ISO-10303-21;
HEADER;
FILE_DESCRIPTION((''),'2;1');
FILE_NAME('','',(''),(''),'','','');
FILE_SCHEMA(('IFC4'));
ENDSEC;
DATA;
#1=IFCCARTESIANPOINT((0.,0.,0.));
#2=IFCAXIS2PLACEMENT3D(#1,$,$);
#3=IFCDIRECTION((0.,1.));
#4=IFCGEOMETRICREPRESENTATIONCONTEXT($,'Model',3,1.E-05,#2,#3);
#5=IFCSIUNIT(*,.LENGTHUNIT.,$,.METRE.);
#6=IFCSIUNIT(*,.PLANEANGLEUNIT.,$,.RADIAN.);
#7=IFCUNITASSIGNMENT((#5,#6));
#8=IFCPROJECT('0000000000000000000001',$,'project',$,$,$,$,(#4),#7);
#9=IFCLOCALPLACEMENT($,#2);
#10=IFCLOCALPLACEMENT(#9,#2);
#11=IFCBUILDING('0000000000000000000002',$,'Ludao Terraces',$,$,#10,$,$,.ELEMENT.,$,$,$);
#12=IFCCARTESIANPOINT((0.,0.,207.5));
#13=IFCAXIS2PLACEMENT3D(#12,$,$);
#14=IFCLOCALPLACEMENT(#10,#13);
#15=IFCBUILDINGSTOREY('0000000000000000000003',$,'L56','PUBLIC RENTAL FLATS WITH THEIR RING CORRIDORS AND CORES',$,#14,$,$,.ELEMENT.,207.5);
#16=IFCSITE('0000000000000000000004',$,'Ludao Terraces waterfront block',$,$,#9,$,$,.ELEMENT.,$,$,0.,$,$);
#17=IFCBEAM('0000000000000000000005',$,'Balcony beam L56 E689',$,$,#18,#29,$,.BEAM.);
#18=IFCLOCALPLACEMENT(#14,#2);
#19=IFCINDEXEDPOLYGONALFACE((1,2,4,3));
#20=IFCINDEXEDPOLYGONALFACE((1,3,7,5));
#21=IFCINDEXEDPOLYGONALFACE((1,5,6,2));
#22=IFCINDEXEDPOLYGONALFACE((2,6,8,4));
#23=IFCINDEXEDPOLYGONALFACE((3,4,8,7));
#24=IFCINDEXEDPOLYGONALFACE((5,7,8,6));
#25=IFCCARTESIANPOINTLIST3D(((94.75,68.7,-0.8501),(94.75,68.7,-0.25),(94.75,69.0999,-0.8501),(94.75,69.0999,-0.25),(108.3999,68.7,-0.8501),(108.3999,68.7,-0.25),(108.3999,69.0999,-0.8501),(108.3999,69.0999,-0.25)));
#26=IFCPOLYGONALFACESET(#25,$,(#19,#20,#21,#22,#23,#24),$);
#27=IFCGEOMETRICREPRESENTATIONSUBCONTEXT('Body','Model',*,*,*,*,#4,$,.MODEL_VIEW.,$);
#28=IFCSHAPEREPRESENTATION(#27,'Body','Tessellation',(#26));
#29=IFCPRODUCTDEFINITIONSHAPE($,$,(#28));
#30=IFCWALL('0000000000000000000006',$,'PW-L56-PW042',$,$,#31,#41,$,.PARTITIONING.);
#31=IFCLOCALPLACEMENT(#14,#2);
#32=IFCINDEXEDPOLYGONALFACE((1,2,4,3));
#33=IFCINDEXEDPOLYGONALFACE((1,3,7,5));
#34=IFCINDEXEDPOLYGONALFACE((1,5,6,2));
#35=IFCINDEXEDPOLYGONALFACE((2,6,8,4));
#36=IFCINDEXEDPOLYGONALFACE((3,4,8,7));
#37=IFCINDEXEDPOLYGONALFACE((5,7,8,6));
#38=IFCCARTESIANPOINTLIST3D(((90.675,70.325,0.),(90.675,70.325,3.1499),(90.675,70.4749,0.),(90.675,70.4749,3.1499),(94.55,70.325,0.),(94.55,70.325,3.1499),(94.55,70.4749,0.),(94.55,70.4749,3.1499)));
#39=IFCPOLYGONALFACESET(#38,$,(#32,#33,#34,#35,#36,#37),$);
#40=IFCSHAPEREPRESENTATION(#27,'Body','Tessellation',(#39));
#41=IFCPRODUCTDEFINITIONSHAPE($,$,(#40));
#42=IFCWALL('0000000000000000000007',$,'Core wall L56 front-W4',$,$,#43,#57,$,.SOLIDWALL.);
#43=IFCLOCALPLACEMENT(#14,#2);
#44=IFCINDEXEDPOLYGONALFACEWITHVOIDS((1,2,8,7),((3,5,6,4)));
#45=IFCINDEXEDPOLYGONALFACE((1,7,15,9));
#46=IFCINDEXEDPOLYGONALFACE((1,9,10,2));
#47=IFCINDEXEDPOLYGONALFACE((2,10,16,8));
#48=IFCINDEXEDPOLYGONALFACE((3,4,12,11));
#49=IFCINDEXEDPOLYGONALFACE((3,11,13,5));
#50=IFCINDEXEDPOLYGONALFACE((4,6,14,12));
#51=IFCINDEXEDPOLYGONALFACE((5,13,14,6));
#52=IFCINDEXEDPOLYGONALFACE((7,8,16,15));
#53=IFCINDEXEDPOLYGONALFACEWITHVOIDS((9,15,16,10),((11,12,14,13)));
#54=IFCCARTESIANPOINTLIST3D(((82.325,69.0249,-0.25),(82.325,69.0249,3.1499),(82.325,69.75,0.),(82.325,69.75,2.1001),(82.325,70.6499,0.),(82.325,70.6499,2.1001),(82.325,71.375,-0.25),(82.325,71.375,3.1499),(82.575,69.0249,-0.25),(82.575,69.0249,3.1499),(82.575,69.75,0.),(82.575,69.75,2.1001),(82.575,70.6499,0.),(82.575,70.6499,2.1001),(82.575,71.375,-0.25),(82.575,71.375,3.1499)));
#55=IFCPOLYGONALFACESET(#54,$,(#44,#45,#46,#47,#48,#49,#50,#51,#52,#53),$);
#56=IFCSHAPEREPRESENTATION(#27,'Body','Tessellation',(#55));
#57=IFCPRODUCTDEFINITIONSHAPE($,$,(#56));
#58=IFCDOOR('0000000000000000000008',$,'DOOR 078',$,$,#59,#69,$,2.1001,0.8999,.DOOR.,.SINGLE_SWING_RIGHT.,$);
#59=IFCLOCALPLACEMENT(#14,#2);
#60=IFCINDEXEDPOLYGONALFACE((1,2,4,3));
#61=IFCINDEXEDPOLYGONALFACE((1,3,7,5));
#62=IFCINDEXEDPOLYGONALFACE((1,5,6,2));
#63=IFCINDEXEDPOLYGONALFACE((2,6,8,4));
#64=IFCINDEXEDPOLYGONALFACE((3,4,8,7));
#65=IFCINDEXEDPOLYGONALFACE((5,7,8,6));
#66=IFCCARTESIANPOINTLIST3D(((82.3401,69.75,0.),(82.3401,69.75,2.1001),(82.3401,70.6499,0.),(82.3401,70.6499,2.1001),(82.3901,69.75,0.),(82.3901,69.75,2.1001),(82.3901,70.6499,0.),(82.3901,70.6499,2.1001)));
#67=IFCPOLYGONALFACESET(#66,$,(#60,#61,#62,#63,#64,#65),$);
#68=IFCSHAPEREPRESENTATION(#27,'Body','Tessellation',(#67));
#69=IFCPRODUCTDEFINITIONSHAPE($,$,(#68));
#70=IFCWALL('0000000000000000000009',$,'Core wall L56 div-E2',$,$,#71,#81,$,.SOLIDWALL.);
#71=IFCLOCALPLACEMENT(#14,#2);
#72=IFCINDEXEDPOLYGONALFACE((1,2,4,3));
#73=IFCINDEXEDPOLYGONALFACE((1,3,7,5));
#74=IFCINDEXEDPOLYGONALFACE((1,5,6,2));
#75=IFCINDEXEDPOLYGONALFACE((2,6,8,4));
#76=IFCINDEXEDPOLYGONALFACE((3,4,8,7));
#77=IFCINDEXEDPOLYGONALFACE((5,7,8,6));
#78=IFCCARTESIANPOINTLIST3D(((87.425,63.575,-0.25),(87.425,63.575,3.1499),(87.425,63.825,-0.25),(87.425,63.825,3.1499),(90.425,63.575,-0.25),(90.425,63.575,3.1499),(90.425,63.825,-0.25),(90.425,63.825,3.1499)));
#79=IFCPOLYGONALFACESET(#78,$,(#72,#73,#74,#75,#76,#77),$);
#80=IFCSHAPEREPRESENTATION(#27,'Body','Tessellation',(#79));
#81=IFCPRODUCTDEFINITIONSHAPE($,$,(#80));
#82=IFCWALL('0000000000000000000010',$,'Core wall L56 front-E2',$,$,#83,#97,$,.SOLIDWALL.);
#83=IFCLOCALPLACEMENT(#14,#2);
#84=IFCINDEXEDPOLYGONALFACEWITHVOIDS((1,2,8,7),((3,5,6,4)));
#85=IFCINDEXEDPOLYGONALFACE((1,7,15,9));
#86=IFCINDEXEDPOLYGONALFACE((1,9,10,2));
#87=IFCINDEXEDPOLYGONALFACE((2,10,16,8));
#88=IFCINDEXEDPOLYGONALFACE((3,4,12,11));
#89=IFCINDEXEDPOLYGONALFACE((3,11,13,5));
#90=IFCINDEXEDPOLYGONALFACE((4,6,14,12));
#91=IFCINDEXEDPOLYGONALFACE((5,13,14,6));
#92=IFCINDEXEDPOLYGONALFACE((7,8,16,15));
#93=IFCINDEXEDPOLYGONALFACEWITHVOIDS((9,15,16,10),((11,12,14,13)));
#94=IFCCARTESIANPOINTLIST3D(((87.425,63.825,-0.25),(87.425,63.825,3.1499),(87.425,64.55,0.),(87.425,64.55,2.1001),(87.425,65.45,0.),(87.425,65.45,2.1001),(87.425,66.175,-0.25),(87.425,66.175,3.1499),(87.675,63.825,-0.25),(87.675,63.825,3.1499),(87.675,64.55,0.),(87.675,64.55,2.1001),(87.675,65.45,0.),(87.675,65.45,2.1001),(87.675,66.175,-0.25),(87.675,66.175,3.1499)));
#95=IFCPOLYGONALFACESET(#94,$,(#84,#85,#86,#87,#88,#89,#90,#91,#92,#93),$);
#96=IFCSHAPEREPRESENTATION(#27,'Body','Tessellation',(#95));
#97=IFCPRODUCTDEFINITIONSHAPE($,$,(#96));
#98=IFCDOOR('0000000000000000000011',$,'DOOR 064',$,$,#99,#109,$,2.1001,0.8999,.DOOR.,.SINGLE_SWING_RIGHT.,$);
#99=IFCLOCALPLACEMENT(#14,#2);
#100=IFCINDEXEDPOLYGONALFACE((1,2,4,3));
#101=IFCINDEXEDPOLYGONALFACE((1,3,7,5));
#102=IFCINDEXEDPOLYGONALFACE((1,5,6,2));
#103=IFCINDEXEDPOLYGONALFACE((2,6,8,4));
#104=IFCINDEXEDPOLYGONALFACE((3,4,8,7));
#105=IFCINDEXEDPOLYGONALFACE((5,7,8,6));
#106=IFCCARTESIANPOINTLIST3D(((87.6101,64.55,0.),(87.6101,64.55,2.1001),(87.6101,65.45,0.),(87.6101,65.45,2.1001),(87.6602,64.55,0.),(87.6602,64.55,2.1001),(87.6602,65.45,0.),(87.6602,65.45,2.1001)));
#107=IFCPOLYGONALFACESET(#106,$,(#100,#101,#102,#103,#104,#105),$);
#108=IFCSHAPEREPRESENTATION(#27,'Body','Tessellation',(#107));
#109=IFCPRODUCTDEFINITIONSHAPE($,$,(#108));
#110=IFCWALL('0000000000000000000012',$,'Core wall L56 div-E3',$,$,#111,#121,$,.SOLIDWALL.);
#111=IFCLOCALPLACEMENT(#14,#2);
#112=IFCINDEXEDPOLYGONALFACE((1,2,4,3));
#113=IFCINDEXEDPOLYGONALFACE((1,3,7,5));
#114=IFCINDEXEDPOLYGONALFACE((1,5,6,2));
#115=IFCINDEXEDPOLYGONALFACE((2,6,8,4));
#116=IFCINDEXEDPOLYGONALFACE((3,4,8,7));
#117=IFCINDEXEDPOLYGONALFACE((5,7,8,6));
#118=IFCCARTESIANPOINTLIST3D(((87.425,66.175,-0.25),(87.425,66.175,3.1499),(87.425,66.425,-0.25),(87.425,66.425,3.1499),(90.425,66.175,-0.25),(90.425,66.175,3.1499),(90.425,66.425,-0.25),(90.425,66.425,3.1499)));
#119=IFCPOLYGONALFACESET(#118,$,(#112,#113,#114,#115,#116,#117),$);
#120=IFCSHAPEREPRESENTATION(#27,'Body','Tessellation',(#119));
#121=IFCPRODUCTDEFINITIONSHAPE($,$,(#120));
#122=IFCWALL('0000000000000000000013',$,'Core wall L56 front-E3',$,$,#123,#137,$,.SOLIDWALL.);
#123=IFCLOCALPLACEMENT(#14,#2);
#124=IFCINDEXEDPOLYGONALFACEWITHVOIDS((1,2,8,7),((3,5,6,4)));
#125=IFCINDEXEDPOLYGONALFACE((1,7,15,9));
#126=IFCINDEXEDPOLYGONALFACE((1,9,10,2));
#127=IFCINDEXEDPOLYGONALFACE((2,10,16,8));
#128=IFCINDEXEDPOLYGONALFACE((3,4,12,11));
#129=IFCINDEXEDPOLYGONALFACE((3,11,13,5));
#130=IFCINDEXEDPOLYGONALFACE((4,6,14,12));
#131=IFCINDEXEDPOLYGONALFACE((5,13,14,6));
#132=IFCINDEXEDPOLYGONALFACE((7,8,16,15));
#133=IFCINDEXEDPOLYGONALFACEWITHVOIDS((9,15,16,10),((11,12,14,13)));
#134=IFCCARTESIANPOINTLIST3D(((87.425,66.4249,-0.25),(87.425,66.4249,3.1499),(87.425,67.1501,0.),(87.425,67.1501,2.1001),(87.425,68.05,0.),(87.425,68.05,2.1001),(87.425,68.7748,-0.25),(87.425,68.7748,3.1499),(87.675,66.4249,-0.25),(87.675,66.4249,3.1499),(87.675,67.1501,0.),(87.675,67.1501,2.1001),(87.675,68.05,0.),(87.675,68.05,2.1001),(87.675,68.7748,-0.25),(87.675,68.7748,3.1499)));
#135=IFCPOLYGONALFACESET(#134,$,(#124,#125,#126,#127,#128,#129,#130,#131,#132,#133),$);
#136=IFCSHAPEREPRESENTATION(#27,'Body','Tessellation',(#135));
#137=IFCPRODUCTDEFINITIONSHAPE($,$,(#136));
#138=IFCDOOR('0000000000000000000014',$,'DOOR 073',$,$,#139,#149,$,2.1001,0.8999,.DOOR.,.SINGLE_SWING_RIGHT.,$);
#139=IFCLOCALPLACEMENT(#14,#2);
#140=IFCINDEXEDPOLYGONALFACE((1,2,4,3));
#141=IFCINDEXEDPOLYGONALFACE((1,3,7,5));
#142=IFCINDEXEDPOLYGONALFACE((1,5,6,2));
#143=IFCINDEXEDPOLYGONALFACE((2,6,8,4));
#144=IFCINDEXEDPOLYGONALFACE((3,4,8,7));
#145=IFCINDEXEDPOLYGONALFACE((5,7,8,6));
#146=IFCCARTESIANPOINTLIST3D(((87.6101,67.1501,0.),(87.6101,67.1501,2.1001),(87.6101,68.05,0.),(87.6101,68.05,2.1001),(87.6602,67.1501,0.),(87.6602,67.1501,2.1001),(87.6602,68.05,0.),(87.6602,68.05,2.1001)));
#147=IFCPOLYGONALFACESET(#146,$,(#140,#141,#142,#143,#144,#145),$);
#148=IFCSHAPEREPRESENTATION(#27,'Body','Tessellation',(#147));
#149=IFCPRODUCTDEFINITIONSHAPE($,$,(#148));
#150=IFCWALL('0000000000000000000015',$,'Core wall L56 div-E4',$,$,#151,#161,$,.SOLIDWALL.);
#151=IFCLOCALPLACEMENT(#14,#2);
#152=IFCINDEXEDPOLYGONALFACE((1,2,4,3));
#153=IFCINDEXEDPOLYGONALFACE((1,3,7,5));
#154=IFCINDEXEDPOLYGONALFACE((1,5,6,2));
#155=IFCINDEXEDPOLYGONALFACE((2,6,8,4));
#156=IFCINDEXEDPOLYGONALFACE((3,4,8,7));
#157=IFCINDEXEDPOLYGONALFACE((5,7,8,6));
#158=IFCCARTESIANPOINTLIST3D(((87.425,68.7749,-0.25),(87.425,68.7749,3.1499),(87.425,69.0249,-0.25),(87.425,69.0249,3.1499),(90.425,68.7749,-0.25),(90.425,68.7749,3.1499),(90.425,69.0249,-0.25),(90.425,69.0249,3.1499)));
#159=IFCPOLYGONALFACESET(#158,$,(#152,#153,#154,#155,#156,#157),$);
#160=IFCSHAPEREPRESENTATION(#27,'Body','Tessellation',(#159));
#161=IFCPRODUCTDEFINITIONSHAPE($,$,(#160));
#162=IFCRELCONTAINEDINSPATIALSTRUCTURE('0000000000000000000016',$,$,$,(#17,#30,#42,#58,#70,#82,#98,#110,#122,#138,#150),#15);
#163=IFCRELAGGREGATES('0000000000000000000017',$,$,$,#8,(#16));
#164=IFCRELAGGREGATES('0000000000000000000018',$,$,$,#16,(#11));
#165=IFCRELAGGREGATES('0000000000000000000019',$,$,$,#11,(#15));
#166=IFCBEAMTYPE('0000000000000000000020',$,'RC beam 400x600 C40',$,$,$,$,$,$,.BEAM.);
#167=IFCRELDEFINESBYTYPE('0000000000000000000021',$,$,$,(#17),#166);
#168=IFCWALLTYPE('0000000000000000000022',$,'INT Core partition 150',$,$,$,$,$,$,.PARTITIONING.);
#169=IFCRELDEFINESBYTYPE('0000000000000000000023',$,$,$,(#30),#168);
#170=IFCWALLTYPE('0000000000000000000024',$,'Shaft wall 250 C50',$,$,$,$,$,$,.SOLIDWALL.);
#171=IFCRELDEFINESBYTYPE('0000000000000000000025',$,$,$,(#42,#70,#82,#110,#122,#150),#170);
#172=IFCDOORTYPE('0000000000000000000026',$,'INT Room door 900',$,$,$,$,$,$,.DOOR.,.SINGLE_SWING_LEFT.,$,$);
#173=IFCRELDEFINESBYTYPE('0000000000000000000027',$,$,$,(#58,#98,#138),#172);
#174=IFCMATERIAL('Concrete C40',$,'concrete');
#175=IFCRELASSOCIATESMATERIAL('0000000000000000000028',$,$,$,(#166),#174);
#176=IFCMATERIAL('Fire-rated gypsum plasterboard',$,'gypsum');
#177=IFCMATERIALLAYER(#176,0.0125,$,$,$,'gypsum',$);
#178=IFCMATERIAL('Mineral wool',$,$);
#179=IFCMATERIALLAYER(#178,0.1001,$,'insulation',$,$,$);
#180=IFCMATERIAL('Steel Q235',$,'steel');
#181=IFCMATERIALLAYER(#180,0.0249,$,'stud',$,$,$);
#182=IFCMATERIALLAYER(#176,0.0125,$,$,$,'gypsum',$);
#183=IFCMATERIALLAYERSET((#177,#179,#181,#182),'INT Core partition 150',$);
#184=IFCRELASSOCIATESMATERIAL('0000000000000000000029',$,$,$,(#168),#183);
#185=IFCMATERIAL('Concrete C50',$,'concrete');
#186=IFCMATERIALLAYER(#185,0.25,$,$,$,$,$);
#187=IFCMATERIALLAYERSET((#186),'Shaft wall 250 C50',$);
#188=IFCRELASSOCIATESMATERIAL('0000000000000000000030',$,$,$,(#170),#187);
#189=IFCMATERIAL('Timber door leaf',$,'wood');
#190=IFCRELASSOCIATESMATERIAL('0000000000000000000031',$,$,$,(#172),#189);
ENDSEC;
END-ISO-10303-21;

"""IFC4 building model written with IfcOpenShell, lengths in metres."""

from ifc_helpers import new_model, si_unit, direction, frame, frame_2d, origin, origin_2d, place, context, subcontext, project, spatial, rectangle, extrude, material, layer, layer_set, material_profile, profile_set, type_object, element, fill, save


model = new_model("IFC4")

# Units and contexts
model_context = context("Model", 3, precision=1e-05, world=origin(), true_north=direction((0.0, 1.0)))
body_context = subcontext(model_context, "Body", "Model", "MODEL_VIEW")
ifc_project = project(units=[si_unit("LENGTHUNIT", "METRE"), si_unit("PLANEANGLEUNIT", "RADIAN")], contexts=[model_context])

# Site, building, storey
site_placement = place(None, origin())
site = spatial("IfcSite", under=ifc_project, at=site_placement, Name="Ludao Terraces waterfront block", CompositionType="ELEMENT", RefElevation=0.0)
building_placement = place(site_placement, origin())
building = spatial("IfcBuilding", under=site, at=building_placement, Name="Ludao Terraces", CompositionType="ELEMENT")
storey_placement = place(building_placement, frame((0.0, 0.0, 207.5)))
storey = spatial("IfcBuildingStorey", under=building, at=storey_placement, Name="L56", Description="PUBLIC RENTAL FLATS WITH THEIR RING CORRIDORS AND CORES", CompositionType="ELEMENT", Elevation=207.5)

# Beam
ifc_material_1 = material(Name="Concrete C40", Category="concrete")
ifc_material_profile = material_profile(ifc_material_1, rectangle(XDim=0.3999, YDim=0.6001, at=origin_2d()), Name="400 X 600")
ifc_profile_set = profile_set([ifc_material_profile], Name="Concrete C40")
beam_type = type_object("IfcBeamType", Name="RC beam 400x600 C40", PredefinedType="BEAM", material=ifc_profile_set)
beam_placement = place(storey_placement, frame((94.75, 68.8999, -0.55), z_axis=(1.0, 0.0, 0.0), x_axis=(0.0, 1.0, 0.0)))
element("IfcBeam", 1, at=beam_placement, inside=storey, type_object=beam_type, Name="Balcony beam L56 E689", PredefinedType="BEAM", context=body_context, shape_type="SweptSolid", body=[
    extrude(rectangle(XDim=0.3999, YDim=0.6001, at=origin_2d()), origin(), (0.0, 0.0, 1.0), 13.6499),
])

# Wall
ifc_material_2 = material(Name="Fire-rated gypsum plasterboard", Category="gypsum")
ifc_layer_1 = layer(ifc_material_2, 0.0125, Category="gypsum")
ifc_material_3 = material(Name="Mineral wool")
ifc_layer_2 = layer(ifc_material_3, 0.1001, Name="insulation")
ifc_material_4 = material(Name="Steel Q235", Category="steel")
ifc_layer_3 = layer(ifc_material_4, 0.0249, Name="stud")
ifc_layer_4 = layer(ifc_material_2, 0.0125, Category="gypsum")
ifc_layer_set_1 = layer_set([ifc_layer_1, ifc_layer_2, ifc_layer_3, ifc_layer_4], Name="INT Core partition 150")
wall_type_1 = type_object("IfcWallType", Name="INT Core partition 150", PredefinedType="PARTITIONING", material=ifc_layer_set_1)
wall_1_placement = place(storey_placement, frame((90.675, 70.3999, 0.0), z_axis=(0.0, 0.0, 1.0), x_axis=(1.0, 0.0, 0.0)))
element("IfcWall", 2, at=wall_1_placement, inside=storey, type_object=wall_type_1, Name="PW-L56-PW042", PredefinedType="PARTITIONING", context=body_context, shape_type="SweptSolid", body=[
    extrude(rectangle(XDim=3.875, YDim=0.1499, at=frame_2d((1.9375, 0.0))), origin(), (0.0, 0.0, 1.0), 3.1499),
])

# Wall, opening, door
ifc_material_5 = material(Name="Concrete C50", Category="concrete")
ifc_layer_5 = layer(ifc_material_5, 0.25)
ifc_layer_set_2 = layer_set([ifc_layer_5], Name="Shaft wall 250 C50")
wall_type_2 = type_object("IfcWallType", Name="Shaft wall 250 C50", PredefinedType="SOLIDWALL", material=ifc_layer_set_2)
wall_2_placement = place(storey_placement, frame((82.45, 69.0249, -0.25), z_axis=(0.0, 0.0, 1.0), x_axis=(0.0, 1.0, 0.0)))
wall_2 = element("IfcWall", 3, at=wall_2_placement, inside=storey, type_object=wall_type_2, Name="Core wall L56 front-W4", PredefinedType="SOLIDWALL", context=body_context, shape_type="SweptSolid", body=[
    extrude(rectangle(XDim=2.3501, YDim=0.25, at=frame_2d((1.175, 0.0))), origin(), (0.0, 0.0, 1.0), 3.3999),
])
opening_1_placement = place(wall_2_placement, frame((0.7251, 0.0, 0.25)))
opening_1 = element("IfcOpeningElement", 4, at=opening_1_placement, cuts=wall_2, PredefinedType="OPENING", context=body_context, shape_type="SweptSolid", body=[
    extrude(rectangle(XDim=0.8999, YDim=2.1001, at=frame_2d((0.45, 1.05))), frame((0.0, 0.135, 0.0), z_axis=(0.0, -1.0, 0.0), x_axis=(1.0, 0.0, 0.0)), (0.0, 0.0, 1.0), 0.27),
])
ifc_material_6 = material(Name="Timber door leaf", Category="wood")
door_type = type_object("IfcDoorType", Name="INT Room door 900", OperationType="SINGLE_SWING_LEFT", PredefinedType="DOOR", material=ifc_material_6)
door_1_placement = place(opening_1_placement, origin())
door_1 = element("IfcDoor", 5, at=door_1_placement, inside=storey, type_object=door_type, Name="DOOR 078", OperationType="SINGLE_SWING_RIGHT", OverallHeight=2.1001, OverallWidth=0.8999, PredefinedType="DOOR", context=body_context, shape_type="SweptSolid", body=[
    extrude(rectangle(XDim=0.8999, YDim=2.1001, at=frame_2d((0.45, 1.05))), frame((0.0, 0.1099, 0.0), z_axis=(0.0, -1.0, 0.0), x_axis=(1.0, 0.0, 0.0)), (0.0, 0.0, 1.0), 0.05),
])
fill(opening_1, door_1)

# Wall
wall_3_placement = place(storey_placement, frame((87.425, 63.7, -0.25), z_axis=(0.0, 0.0, 1.0), x_axis=(1.0, 0.0, 0.0)))
element("IfcWall", 6, at=wall_3_placement, inside=storey, type_object=wall_type_2, Name="Core wall L56 div-E2", PredefinedType="SOLIDWALL", context=body_context, shape_type="SweptSolid", body=[
    extrude(rectangle(XDim=3.0, YDim=0.25, at=frame_2d((1.5, 0.0))), origin(), (0.0, 0.0, 1.0), 3.3999),
])

# Wall, opening, door
wall_4_placement = place(storey_placement, frame((87.55, 63.825, -0.25), z_axis=(0.0, 0.0, 1.0), x_axis=(0.0, 1.0, 0.0)))
wall_4 = element("IfcWall", 7, at=wall_4_placement, inside=storey, type_object=wall_type_2, Name="Core wall L56 front-E2", PredefinedType="SOLIDWALL", context=body_context, shape_type="SweptSolid", body=[
    extrude(rectangle(XDim=2.3501, YDim=0.25, at=frame_2d((1.175, 0.0))), origin(), (0.0, 0.0, 1.0), 3.3999),
])
opening_2_placement = place(wall_4_placement, frame((0.7251, 0.0, 0.25)))
opening_2 = element("IfcOpeningElement", 8, at=opening_2_placement, cuts=wall_4, PredefinedType="OPENING", context=body_context, shape_type="SweptSolid", body=[
    extrude(rectangle(XDim=0.8999, YDim=2.1001, at=frame_2d((0.45, 1.05))), frame((0.0, 0.135, 0.0), z_axis=(0.0, -1.0, 0.0), x_axis=(1.0, 0.0, 0.0)), (0.0, 0.0, 1.0), 0.27),
])
door_2_placement = place(opening_2_placement, origin())
door_2 = element("IfcDoor", 9, at=door_2_placement, inside=storey, type_object=door_type, Name="DOOR 064", OperationType="SINGLE_SWING_RIGHT", OverallHeight=2.1001, OverallWidth=0.8999, PredefinedType="DOOR", context=body_context, shape_type="SweptSolid", body=[
    extrude(rectangle(XDim=0.8999, YDim=2.1001, at=frame_2d((0.45, 1.05))), frame((0.0, -0.0601, 0.0), z_axis=(0.0, -1.0, 0.0), x_axis=(1.0, 0.0, 0.0)), (0.0, 0.0, 1.0), 0.05),
])
fill(opening_2, door_2)

# Wall
wall_5_placement = place(storey_placement, frame((87.425, 66.3, -0.25), z_axis=(0.0, 0.0, 1.0), x_axis=(1.0, 0.0, 0.0)))
element("IfcWall", 10, at=wall_5_placement, inside=storey, type_object=wall_type_2, Name="Core wall L56 div-E3", PredefinedType="SOLIDWALL", context=body_context, shape_type="SweptSolid", body=[
    extrude(rectangle(XDim=3.0, YDim=0.25, at=frame_2d((1.5, 0.0))), origin(), (0.0, 0.0, 1.0), 3.3999),
])

# Wall, opening, door
wall_6_placement = place(storey_placement, frame((87.55, 66.425, -0.25), z_axis=(0.0, 0.0, 1.0), x_axis=(0.0, 1.0, 0.0)))
wall_6 = element("IfcWall", 11, at=wall_6_placement, inside=storey, type_object=wall_type_2, Name="Core wall L56 front-E3", PredefinedType="SOLIDWALL", context=body_context, shape_type="SweptSolid", body=[
    extrude(rectangle(XDim=2.3499, YDim=0.25, at=frame_2d((1.1748, 0.0))), origin(), (0.0, 0.0, 1.0), 3.3999),
])
opening_3_placement = place(wall_6_placement, frame((0.7251, 0.0, 0.25)))
opening_3 = element("IfcOpeningElement", 12, at=opening_3_placement, cuts=wall_6, PredefinedType="OPENING", context=body_context, shape_type="SweptSolid", body=[
    extrude(rectangle(XDim=0.8999, YDim=2.1001, at=frame_2d((0.45, 1.05))), frame((0.0, 0.135, 0.0), z_axis=(0.0, -1.0, 0.0), x_axis=(1.0, 0.0, 0.0)), (0.0, 0.0, 1.0), 0.27),
])
door_3_placement = place(opening_3_placement, origin())
door_3 = element("IfcDoor", 13, at=door_3_placement, inside=storey, type_object=door_type, Name="DOOR 073", OperationType="SINGLE_SWING_RIGHT", OverallHeight=2.1001, OverallWidth=0.8999, PredefinedType="DOOR", context=body_context, shape_type="SweptSolid", body=[
    extrude(rectangle(XDim=0.8999, YDim=2.1001, at=frame_2d((0.45, 1.05))), frame((0.0, -0.0601, 0.0), z_axis=(0.0, -1.0, 0.0), x_axis=(1.0, 0.0, 0.0)), (0.0, 0.0, 1.0), 0.05),
])
fill(opening_3, door_3)

# Wall
wall_7_placement = place(storey_placement, frame((87.425, 68.8999, -0.25), z_axis=(0.0, 0.0, 1.0), x_axis=(1.0, 0.0, 0.0)))
element("IfcWall", 14, at=wall_7_placement, inside=storey, type_object=wall_type_2, Name="Core wall L56 div-E4", PredefinedType="SOLIDWALL", context=body_context, shape_type="SweptSolid", body=[
    extrude(rectangle(XDim=3.0, YDim=0.25, at=frame_2d((1.5, 0.0))), origin(), (0.0, 0.0, 1.0), 3.3999),
])

save(model, "model.ifc")
